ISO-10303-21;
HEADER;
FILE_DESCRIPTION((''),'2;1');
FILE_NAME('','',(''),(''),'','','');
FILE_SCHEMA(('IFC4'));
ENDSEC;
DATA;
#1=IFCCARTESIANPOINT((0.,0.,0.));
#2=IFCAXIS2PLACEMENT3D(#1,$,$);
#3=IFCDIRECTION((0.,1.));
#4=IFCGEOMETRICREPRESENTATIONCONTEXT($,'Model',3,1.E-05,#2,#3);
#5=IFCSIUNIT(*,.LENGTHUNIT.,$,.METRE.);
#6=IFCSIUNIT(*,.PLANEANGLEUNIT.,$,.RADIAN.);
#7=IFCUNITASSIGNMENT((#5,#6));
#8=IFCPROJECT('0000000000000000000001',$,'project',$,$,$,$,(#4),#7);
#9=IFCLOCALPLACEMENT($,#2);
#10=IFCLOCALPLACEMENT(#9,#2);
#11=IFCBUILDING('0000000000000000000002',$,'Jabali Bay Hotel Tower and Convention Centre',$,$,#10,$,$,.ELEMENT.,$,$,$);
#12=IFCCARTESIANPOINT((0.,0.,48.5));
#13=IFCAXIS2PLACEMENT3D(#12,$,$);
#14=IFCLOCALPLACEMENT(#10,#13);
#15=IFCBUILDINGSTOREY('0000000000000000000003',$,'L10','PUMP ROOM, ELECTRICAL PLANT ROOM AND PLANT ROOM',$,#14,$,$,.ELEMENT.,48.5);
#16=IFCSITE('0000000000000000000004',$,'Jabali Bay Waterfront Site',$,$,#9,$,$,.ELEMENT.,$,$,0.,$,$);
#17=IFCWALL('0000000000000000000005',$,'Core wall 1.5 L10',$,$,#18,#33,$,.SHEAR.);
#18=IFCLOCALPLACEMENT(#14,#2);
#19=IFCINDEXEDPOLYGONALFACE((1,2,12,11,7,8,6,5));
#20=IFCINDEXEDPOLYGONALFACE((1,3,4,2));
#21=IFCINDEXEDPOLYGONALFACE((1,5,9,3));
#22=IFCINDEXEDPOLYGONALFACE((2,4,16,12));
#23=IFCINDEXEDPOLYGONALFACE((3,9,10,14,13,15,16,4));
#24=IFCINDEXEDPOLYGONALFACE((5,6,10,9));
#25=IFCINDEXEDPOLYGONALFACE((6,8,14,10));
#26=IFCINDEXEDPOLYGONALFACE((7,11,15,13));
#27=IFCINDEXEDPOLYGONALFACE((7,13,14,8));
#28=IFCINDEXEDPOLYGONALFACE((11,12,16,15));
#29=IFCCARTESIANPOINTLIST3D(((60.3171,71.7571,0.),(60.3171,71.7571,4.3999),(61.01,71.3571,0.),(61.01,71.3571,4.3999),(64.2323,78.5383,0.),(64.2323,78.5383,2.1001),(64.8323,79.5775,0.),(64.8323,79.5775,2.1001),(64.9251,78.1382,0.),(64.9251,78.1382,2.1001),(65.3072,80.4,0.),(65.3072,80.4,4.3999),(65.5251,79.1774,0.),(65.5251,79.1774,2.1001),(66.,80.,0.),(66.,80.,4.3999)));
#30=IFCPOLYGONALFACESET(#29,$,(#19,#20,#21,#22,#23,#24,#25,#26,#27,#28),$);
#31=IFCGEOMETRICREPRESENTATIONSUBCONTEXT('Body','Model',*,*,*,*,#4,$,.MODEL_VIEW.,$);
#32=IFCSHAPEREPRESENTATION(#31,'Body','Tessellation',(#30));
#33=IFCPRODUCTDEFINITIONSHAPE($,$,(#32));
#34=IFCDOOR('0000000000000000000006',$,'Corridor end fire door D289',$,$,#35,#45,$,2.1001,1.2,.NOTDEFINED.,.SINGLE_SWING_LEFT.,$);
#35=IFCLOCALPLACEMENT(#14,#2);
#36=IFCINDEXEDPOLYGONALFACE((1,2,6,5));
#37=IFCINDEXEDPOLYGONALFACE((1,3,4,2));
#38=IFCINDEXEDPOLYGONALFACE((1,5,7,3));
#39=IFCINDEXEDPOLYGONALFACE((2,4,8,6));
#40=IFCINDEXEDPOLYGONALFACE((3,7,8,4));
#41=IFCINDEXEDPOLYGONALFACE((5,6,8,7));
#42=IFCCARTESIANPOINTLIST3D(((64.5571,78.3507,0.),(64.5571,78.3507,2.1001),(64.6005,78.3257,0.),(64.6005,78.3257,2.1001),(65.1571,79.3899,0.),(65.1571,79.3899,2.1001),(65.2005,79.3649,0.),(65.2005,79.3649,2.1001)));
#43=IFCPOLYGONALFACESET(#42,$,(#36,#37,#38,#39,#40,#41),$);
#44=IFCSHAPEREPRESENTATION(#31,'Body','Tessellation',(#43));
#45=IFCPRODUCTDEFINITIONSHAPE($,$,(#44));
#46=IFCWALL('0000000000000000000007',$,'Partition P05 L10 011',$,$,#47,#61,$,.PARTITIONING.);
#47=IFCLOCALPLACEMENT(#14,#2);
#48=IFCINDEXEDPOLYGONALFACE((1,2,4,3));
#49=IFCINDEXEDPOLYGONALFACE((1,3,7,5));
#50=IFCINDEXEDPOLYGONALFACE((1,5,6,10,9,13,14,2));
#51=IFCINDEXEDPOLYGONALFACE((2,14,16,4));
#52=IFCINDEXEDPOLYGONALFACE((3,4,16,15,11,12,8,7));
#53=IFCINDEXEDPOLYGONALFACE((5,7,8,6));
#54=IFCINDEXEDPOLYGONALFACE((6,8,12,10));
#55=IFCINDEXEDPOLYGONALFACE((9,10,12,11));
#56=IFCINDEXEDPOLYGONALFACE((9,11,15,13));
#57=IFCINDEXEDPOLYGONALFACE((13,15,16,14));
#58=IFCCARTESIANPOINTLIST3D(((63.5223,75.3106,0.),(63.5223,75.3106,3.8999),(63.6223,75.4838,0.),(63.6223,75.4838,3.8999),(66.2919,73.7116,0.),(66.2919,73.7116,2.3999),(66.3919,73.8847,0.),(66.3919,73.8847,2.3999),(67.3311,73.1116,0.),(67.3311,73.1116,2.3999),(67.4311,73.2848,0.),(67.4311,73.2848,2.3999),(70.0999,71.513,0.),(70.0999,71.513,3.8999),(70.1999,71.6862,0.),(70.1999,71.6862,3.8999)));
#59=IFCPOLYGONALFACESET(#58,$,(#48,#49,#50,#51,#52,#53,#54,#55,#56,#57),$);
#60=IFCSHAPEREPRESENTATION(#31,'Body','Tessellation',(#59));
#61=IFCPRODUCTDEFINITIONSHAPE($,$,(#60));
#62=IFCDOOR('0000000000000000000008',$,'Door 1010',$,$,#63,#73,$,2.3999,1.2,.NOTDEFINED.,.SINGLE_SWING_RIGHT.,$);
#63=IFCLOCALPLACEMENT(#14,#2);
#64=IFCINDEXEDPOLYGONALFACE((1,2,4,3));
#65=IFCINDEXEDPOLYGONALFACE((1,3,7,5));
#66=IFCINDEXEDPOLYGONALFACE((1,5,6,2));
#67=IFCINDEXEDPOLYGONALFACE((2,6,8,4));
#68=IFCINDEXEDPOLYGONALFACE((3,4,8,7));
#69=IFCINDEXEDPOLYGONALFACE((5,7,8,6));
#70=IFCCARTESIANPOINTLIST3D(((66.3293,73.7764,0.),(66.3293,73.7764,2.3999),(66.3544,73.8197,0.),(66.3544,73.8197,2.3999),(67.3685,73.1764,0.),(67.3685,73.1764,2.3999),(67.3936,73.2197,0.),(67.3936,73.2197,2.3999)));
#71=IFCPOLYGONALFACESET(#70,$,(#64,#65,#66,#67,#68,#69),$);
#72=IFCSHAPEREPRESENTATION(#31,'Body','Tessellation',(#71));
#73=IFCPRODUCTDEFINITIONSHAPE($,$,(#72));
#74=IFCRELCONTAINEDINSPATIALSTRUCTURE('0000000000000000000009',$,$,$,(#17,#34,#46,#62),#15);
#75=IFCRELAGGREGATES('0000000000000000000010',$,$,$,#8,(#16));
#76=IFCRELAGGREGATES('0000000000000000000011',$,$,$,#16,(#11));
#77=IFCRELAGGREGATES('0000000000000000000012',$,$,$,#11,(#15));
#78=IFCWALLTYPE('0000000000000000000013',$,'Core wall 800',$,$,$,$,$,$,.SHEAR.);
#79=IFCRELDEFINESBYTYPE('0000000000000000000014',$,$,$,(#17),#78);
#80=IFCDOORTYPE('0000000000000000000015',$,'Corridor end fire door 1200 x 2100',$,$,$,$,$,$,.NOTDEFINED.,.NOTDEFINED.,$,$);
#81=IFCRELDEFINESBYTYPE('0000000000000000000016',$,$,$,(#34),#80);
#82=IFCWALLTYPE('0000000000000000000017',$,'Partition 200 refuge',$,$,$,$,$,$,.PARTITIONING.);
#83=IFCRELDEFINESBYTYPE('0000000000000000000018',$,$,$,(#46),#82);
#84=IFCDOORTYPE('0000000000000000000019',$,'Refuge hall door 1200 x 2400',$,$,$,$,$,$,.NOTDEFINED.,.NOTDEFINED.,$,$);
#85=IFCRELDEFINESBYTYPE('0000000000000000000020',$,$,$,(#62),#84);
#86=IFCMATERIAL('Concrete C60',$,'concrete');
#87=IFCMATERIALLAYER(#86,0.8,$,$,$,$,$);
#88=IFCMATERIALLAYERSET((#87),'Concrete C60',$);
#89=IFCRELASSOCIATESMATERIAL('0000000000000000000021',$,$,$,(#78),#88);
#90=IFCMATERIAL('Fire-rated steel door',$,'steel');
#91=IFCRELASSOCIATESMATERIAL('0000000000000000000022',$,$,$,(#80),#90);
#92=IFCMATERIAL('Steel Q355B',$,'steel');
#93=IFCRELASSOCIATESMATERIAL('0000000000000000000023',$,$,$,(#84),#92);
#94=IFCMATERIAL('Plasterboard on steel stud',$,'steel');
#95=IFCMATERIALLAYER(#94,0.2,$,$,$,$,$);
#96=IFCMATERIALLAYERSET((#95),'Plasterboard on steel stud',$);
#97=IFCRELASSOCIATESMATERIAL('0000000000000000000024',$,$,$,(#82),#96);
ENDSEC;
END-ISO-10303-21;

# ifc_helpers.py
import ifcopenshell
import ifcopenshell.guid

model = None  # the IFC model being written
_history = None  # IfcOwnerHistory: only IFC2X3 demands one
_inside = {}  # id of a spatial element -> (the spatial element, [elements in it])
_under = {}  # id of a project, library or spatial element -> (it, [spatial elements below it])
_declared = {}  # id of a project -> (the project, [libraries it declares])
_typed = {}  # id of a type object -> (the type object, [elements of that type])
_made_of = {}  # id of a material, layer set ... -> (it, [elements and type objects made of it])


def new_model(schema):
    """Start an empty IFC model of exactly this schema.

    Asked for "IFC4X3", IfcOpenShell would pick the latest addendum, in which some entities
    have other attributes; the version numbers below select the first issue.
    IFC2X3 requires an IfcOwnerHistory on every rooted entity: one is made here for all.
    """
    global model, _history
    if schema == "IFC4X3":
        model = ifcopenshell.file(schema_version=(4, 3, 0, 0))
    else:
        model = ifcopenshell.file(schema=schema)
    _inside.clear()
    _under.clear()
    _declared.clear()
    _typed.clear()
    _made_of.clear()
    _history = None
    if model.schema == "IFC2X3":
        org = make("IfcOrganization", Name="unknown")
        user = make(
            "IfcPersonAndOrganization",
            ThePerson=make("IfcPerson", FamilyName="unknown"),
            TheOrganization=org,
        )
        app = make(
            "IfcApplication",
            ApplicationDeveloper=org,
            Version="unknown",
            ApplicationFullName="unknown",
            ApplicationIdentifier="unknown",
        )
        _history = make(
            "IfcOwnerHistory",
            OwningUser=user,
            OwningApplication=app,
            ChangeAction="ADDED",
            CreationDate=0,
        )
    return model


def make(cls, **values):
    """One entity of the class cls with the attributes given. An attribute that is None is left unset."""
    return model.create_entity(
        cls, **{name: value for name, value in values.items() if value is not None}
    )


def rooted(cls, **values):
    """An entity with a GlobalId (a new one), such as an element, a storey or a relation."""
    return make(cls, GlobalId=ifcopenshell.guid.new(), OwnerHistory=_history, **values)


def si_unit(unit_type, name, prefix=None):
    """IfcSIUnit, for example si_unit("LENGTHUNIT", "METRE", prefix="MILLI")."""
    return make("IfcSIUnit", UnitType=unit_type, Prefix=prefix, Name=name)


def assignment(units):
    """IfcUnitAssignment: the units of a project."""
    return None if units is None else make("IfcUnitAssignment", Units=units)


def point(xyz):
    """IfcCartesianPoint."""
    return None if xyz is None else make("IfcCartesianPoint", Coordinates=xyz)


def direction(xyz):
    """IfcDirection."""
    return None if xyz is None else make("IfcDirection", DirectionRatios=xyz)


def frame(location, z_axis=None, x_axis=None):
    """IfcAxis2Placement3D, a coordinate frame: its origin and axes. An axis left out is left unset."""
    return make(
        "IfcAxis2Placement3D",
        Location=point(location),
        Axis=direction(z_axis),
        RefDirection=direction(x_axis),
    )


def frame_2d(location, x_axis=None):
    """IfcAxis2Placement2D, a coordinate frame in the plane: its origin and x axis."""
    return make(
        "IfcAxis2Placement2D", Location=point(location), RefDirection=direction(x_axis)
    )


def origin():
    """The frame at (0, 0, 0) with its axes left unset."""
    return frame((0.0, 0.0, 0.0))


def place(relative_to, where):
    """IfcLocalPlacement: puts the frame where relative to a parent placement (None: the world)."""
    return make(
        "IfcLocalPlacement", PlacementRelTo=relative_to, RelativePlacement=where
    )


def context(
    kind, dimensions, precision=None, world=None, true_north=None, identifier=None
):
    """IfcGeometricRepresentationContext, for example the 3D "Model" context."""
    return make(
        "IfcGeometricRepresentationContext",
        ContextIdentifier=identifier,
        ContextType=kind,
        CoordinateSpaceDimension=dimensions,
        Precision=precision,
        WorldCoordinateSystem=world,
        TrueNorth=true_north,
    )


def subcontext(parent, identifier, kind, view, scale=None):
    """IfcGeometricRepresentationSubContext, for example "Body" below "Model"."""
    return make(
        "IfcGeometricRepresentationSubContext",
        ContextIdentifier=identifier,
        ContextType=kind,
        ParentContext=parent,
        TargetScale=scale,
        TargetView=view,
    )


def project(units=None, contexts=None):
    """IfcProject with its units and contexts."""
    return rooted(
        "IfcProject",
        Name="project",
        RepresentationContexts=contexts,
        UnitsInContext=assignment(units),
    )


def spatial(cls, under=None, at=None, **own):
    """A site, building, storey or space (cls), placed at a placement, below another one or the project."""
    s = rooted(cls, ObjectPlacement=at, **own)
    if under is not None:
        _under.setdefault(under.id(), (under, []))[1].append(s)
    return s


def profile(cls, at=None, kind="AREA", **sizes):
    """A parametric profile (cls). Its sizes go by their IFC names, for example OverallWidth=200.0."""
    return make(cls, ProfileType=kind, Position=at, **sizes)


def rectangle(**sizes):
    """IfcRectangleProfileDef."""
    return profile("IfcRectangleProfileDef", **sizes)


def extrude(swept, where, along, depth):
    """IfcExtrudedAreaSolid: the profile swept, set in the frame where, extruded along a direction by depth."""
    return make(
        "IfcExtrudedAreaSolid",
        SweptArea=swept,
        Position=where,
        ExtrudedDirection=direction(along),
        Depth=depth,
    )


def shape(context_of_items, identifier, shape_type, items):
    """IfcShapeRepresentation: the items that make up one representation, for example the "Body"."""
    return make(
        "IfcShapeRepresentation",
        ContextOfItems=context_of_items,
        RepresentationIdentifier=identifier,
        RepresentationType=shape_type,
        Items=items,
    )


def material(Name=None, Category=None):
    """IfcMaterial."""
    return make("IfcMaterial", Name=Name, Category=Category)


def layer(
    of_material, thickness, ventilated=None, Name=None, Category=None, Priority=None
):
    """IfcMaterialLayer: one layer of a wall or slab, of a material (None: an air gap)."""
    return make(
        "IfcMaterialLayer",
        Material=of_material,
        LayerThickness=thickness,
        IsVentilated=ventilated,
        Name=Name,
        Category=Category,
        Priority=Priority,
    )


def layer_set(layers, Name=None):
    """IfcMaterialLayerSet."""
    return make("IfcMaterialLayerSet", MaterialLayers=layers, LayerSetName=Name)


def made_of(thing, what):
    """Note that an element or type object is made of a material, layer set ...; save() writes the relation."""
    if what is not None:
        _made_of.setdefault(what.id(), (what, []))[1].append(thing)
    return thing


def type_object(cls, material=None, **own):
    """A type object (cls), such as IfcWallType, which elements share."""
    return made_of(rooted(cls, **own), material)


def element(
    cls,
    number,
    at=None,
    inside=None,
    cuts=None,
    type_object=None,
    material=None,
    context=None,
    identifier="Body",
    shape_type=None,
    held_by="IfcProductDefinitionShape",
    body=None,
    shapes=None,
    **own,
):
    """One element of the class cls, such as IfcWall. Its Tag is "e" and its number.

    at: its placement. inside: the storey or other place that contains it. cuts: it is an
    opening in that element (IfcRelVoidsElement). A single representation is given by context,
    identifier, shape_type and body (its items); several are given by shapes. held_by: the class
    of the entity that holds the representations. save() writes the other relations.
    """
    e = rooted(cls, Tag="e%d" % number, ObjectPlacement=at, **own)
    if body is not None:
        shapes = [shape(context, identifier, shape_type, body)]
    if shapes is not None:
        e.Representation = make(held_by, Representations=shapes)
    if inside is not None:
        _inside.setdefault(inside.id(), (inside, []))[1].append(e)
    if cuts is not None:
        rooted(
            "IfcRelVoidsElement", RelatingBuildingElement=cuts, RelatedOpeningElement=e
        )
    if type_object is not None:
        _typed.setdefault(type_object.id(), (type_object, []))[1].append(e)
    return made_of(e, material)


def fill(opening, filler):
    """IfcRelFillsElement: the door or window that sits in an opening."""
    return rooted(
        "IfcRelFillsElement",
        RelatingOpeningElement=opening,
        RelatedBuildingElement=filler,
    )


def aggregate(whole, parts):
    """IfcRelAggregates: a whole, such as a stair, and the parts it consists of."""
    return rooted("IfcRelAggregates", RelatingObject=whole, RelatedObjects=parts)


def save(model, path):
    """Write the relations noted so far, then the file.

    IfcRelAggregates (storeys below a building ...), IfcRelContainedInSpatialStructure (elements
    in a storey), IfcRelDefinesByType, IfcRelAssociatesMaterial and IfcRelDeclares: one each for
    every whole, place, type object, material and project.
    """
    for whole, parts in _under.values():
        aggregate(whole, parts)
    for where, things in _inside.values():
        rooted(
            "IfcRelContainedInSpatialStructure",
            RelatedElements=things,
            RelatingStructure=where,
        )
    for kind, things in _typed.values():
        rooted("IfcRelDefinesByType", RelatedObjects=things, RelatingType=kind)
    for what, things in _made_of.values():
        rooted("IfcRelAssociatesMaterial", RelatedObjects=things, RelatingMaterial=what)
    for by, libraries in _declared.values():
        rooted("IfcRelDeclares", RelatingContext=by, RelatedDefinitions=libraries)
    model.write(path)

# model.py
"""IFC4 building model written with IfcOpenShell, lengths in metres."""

from ifc_helpers import new_model, si_unit, direction, frame, frame_2d, origin, place, context, subcontext, project, spatial, rectangle, extrude, material, layer, layer_set, type_object, element, fill, save


model = new_model("IFC4")

# Units and contexts
model_context = context("Model", 3, precision=1e-05, world=origin(), true_north=direction((0.0, 1.0)))
body_context = subcontext(model_context, "Body", "Model", "MODEL_VIEW")
ifc_project = project(units=[si_unit("LENGTHUNIT", "METRE"), si_unit("PLANEANGLEUNIT", "RADIAN")], contexts=[model_context])

# Site, building, storey
site_placement = place(None, origin())
site = spatial("IfcSite", under=ifc_project, at=site_placement, Name="Jabali Bay Waterfront Site", CompositionType="ELEMENT", RefElevation=0.0)
building_placement = place(site_placement, origin())
building = spatial("IfcBuilding", under=site, at=building_placement, Name="Jabali Bay Hotel Tower and Convention Centre", CompositionType="ELEMENT")
storey_placement = place(building_placement, frame((0.0, 0.0, 48.5)))
storey = spatial("IfcBuildingStorey", under=building, at=storey_placement, Name="L10", Description="PUMP ROOM, ELECTRICAL PLANT ROOM AND PLANT ROOM", CompositionType="ELEMENT", Elevation=48.5)

# Shared definitions
ifc_material_1 = material(Name="Fire-rated steel door", Category="steel")

# Wall, opening, door
ifc_material_2 = material(Name="Concrete C60", Category="concrete")
ifc_layer_1 = layer(ifc_material_2, 0.8)
ifc_layer_set_1 = layer_set([ifc_layer_1], Name="Concrete C60")
wall_type_1 = type_object("IfcWallType", Name="Core wall 800", PredefinedType="SHEAR", material=ifc_layer_set_1)
door_type_1 = type_object("IfcDoorType", Name="Corridor end fire door 1200 x 2100", OperationType="NOTDEFINED", PredefinedType="NOTDEFINED", material=ifc_material_1)
wall_1_placement = place(storey_placement, frame((60.6636, 71.5571, 0.0), z_axis=(0.0, 0.0, 1.0), x_axis=(0.500004, 0.866023, 0.0)))
wall_1 = element("IfcWall", 1, at=wall_1_placement, inside=storey, type_object=wall_type_1, Name="Core wall 1.5 L10", PredefinedType="SHEAR", context=body_context, shape_type="SweptSolid", body=[
    extrude(rectangle(XDim=9.98, YDim=0.8, at=frame_2d((4.99, 0.0))), origin(), (0.0, 0.0, 1.0), 4.3999),
])
opening_1_placement = place(wall_1_placement, frame((7.8301, 0.0, 0.0)))
opening_1 = element("IfcOpeningElement", 2, at=opening_1_placement, cuts=wall_1, PredefinedType="OPENING", context=body_context, shape_type="SweptSolid", body=[
    extrude(rectangle(XDim=1.2, YDim=2.1001, at=frame_2d((0.6001, 1.05))), frame((0.0, 0.4106, 0.0), z_axis=(0.0, -1.0, 0.0), x_axis=(1.0, 0.0, 0.0)), (0.0, 0.0, 1.0), 0.821),
])
door_1_placement = place(opening_1_placement, origin())
door_1 = element("IfcDoor", 3, at=door_1_placement, inside=storey, type_object=door_type_1, Name="Corridor end fire door D289", OperationType="SINGLE_SWING_LEFT", OverallHeight=2.1001, OverallWidth=1.2, PredefinedType="NOTDEFINED", context=body_context, shape_type="SweptSolid", body=[
    extrude(rectangle(XDim=1.2, YDim=2.1001, at=frame_2d((0.6001, 1.05))), frame((0.0, 0.0249, 0.0), z_axis=(0.0, -1.0, 0.0), x_axis=(1.0, 0.0, 0.0)), (0.0, 0.0, 1.0), 0.05),
])
fill(opening_1, door_1)

# Shared definitions
ifc_material_3 = material(Name="Steel Q355B", Category="steel")
door_type_2 = type_object("IfcDoorType", Name="Refuge hall door 1200 x 2400", OperationType="NOTDEFINED", PredefinedType="NOTDEFINED", material=ifc_material_3)

# Wall, opening, door
ifc_material_4 = material(Name="Plasterboard on steel stud", Category="steel")
ifc_layer_2 = layer(ifc_material_4, 0.2)
ifc_layer_set_2 = layer_set([ifc_layer_2], Name="Plasterboard on steel stud")
wall_type_2 = type_object("IfcWallType", Name="Partition 200 refuge", PredefinedType="PARTITIONING", material=ifc_layer_set_2)
wall_2_placement = place(storey_placement, frame((63.5723, 75.3972, 0.0), z_axis=(0.0, 0.0, 1.0), x_axis=(0.866025, -0.500001, 0.0)))
wall_2 = element("IfcWall", 4, at=wall_2_placement, inside=storey, type_object=wall_type_2, Name="Partition P05 L10 011", PredefinedType="PARTITIONING", context=body_context, shape_type="SweptSolid", body=[
    extrude(rectangle(XDim=7.5952, YDim=0.2, at=frame_2d((3.7976, 0.0))), origin(), (0.0, 0.0, 1.0), 3.8999),
])
opening_2_placement = place(wall_2_placement, frame((3.198, 0.0, 0.0)))
opening_2 = element("IfcOpeningElement", 5, at=opening_2_placement, cuts=wall_2, PredefinedType="OPENING", context=body_context, shape_type="SweptSolid", body=[
    extrude(rectangle(XDim=1.2, YDim=2.3999, at=frame_2d((0.6001, 1.2))), frame((0.0, 0.1104, 0.0), z_axis=(0.0, -1.0, 0.0), x_axis=(1.0, 0.0, 0.0)), (0.0, 0.0, 1.0), 0.2209),
])
door_2_placement = place(opening_2_placement, origin())
door_2 = element("IfcDoor", 6, at=door_2_placement, inside=storey, type_object=door_type_2, Name="Door 1010", OperationType="SINGLE_SWING_RIGHT", OverallHeight=2.3999, OverallWidth=1.2, PredefinedType="NOTDEFINED", context=body_context, shape_type="SweptSolid", body=[
    extrude(rectangle(XDim=1.2, YDim=2.3999, at=frame_2d((0.6001, 1.2))), frame((0.0, 0.0249, 0.0), z_axis=(0.0, -1.0, 0.0), x_axis=(1.0, 0.0, 0.0)), (0.0, 0.0, 1.0), 0.05),
])
fill(opening_2, door_2)

save(model, "model.ifc")
